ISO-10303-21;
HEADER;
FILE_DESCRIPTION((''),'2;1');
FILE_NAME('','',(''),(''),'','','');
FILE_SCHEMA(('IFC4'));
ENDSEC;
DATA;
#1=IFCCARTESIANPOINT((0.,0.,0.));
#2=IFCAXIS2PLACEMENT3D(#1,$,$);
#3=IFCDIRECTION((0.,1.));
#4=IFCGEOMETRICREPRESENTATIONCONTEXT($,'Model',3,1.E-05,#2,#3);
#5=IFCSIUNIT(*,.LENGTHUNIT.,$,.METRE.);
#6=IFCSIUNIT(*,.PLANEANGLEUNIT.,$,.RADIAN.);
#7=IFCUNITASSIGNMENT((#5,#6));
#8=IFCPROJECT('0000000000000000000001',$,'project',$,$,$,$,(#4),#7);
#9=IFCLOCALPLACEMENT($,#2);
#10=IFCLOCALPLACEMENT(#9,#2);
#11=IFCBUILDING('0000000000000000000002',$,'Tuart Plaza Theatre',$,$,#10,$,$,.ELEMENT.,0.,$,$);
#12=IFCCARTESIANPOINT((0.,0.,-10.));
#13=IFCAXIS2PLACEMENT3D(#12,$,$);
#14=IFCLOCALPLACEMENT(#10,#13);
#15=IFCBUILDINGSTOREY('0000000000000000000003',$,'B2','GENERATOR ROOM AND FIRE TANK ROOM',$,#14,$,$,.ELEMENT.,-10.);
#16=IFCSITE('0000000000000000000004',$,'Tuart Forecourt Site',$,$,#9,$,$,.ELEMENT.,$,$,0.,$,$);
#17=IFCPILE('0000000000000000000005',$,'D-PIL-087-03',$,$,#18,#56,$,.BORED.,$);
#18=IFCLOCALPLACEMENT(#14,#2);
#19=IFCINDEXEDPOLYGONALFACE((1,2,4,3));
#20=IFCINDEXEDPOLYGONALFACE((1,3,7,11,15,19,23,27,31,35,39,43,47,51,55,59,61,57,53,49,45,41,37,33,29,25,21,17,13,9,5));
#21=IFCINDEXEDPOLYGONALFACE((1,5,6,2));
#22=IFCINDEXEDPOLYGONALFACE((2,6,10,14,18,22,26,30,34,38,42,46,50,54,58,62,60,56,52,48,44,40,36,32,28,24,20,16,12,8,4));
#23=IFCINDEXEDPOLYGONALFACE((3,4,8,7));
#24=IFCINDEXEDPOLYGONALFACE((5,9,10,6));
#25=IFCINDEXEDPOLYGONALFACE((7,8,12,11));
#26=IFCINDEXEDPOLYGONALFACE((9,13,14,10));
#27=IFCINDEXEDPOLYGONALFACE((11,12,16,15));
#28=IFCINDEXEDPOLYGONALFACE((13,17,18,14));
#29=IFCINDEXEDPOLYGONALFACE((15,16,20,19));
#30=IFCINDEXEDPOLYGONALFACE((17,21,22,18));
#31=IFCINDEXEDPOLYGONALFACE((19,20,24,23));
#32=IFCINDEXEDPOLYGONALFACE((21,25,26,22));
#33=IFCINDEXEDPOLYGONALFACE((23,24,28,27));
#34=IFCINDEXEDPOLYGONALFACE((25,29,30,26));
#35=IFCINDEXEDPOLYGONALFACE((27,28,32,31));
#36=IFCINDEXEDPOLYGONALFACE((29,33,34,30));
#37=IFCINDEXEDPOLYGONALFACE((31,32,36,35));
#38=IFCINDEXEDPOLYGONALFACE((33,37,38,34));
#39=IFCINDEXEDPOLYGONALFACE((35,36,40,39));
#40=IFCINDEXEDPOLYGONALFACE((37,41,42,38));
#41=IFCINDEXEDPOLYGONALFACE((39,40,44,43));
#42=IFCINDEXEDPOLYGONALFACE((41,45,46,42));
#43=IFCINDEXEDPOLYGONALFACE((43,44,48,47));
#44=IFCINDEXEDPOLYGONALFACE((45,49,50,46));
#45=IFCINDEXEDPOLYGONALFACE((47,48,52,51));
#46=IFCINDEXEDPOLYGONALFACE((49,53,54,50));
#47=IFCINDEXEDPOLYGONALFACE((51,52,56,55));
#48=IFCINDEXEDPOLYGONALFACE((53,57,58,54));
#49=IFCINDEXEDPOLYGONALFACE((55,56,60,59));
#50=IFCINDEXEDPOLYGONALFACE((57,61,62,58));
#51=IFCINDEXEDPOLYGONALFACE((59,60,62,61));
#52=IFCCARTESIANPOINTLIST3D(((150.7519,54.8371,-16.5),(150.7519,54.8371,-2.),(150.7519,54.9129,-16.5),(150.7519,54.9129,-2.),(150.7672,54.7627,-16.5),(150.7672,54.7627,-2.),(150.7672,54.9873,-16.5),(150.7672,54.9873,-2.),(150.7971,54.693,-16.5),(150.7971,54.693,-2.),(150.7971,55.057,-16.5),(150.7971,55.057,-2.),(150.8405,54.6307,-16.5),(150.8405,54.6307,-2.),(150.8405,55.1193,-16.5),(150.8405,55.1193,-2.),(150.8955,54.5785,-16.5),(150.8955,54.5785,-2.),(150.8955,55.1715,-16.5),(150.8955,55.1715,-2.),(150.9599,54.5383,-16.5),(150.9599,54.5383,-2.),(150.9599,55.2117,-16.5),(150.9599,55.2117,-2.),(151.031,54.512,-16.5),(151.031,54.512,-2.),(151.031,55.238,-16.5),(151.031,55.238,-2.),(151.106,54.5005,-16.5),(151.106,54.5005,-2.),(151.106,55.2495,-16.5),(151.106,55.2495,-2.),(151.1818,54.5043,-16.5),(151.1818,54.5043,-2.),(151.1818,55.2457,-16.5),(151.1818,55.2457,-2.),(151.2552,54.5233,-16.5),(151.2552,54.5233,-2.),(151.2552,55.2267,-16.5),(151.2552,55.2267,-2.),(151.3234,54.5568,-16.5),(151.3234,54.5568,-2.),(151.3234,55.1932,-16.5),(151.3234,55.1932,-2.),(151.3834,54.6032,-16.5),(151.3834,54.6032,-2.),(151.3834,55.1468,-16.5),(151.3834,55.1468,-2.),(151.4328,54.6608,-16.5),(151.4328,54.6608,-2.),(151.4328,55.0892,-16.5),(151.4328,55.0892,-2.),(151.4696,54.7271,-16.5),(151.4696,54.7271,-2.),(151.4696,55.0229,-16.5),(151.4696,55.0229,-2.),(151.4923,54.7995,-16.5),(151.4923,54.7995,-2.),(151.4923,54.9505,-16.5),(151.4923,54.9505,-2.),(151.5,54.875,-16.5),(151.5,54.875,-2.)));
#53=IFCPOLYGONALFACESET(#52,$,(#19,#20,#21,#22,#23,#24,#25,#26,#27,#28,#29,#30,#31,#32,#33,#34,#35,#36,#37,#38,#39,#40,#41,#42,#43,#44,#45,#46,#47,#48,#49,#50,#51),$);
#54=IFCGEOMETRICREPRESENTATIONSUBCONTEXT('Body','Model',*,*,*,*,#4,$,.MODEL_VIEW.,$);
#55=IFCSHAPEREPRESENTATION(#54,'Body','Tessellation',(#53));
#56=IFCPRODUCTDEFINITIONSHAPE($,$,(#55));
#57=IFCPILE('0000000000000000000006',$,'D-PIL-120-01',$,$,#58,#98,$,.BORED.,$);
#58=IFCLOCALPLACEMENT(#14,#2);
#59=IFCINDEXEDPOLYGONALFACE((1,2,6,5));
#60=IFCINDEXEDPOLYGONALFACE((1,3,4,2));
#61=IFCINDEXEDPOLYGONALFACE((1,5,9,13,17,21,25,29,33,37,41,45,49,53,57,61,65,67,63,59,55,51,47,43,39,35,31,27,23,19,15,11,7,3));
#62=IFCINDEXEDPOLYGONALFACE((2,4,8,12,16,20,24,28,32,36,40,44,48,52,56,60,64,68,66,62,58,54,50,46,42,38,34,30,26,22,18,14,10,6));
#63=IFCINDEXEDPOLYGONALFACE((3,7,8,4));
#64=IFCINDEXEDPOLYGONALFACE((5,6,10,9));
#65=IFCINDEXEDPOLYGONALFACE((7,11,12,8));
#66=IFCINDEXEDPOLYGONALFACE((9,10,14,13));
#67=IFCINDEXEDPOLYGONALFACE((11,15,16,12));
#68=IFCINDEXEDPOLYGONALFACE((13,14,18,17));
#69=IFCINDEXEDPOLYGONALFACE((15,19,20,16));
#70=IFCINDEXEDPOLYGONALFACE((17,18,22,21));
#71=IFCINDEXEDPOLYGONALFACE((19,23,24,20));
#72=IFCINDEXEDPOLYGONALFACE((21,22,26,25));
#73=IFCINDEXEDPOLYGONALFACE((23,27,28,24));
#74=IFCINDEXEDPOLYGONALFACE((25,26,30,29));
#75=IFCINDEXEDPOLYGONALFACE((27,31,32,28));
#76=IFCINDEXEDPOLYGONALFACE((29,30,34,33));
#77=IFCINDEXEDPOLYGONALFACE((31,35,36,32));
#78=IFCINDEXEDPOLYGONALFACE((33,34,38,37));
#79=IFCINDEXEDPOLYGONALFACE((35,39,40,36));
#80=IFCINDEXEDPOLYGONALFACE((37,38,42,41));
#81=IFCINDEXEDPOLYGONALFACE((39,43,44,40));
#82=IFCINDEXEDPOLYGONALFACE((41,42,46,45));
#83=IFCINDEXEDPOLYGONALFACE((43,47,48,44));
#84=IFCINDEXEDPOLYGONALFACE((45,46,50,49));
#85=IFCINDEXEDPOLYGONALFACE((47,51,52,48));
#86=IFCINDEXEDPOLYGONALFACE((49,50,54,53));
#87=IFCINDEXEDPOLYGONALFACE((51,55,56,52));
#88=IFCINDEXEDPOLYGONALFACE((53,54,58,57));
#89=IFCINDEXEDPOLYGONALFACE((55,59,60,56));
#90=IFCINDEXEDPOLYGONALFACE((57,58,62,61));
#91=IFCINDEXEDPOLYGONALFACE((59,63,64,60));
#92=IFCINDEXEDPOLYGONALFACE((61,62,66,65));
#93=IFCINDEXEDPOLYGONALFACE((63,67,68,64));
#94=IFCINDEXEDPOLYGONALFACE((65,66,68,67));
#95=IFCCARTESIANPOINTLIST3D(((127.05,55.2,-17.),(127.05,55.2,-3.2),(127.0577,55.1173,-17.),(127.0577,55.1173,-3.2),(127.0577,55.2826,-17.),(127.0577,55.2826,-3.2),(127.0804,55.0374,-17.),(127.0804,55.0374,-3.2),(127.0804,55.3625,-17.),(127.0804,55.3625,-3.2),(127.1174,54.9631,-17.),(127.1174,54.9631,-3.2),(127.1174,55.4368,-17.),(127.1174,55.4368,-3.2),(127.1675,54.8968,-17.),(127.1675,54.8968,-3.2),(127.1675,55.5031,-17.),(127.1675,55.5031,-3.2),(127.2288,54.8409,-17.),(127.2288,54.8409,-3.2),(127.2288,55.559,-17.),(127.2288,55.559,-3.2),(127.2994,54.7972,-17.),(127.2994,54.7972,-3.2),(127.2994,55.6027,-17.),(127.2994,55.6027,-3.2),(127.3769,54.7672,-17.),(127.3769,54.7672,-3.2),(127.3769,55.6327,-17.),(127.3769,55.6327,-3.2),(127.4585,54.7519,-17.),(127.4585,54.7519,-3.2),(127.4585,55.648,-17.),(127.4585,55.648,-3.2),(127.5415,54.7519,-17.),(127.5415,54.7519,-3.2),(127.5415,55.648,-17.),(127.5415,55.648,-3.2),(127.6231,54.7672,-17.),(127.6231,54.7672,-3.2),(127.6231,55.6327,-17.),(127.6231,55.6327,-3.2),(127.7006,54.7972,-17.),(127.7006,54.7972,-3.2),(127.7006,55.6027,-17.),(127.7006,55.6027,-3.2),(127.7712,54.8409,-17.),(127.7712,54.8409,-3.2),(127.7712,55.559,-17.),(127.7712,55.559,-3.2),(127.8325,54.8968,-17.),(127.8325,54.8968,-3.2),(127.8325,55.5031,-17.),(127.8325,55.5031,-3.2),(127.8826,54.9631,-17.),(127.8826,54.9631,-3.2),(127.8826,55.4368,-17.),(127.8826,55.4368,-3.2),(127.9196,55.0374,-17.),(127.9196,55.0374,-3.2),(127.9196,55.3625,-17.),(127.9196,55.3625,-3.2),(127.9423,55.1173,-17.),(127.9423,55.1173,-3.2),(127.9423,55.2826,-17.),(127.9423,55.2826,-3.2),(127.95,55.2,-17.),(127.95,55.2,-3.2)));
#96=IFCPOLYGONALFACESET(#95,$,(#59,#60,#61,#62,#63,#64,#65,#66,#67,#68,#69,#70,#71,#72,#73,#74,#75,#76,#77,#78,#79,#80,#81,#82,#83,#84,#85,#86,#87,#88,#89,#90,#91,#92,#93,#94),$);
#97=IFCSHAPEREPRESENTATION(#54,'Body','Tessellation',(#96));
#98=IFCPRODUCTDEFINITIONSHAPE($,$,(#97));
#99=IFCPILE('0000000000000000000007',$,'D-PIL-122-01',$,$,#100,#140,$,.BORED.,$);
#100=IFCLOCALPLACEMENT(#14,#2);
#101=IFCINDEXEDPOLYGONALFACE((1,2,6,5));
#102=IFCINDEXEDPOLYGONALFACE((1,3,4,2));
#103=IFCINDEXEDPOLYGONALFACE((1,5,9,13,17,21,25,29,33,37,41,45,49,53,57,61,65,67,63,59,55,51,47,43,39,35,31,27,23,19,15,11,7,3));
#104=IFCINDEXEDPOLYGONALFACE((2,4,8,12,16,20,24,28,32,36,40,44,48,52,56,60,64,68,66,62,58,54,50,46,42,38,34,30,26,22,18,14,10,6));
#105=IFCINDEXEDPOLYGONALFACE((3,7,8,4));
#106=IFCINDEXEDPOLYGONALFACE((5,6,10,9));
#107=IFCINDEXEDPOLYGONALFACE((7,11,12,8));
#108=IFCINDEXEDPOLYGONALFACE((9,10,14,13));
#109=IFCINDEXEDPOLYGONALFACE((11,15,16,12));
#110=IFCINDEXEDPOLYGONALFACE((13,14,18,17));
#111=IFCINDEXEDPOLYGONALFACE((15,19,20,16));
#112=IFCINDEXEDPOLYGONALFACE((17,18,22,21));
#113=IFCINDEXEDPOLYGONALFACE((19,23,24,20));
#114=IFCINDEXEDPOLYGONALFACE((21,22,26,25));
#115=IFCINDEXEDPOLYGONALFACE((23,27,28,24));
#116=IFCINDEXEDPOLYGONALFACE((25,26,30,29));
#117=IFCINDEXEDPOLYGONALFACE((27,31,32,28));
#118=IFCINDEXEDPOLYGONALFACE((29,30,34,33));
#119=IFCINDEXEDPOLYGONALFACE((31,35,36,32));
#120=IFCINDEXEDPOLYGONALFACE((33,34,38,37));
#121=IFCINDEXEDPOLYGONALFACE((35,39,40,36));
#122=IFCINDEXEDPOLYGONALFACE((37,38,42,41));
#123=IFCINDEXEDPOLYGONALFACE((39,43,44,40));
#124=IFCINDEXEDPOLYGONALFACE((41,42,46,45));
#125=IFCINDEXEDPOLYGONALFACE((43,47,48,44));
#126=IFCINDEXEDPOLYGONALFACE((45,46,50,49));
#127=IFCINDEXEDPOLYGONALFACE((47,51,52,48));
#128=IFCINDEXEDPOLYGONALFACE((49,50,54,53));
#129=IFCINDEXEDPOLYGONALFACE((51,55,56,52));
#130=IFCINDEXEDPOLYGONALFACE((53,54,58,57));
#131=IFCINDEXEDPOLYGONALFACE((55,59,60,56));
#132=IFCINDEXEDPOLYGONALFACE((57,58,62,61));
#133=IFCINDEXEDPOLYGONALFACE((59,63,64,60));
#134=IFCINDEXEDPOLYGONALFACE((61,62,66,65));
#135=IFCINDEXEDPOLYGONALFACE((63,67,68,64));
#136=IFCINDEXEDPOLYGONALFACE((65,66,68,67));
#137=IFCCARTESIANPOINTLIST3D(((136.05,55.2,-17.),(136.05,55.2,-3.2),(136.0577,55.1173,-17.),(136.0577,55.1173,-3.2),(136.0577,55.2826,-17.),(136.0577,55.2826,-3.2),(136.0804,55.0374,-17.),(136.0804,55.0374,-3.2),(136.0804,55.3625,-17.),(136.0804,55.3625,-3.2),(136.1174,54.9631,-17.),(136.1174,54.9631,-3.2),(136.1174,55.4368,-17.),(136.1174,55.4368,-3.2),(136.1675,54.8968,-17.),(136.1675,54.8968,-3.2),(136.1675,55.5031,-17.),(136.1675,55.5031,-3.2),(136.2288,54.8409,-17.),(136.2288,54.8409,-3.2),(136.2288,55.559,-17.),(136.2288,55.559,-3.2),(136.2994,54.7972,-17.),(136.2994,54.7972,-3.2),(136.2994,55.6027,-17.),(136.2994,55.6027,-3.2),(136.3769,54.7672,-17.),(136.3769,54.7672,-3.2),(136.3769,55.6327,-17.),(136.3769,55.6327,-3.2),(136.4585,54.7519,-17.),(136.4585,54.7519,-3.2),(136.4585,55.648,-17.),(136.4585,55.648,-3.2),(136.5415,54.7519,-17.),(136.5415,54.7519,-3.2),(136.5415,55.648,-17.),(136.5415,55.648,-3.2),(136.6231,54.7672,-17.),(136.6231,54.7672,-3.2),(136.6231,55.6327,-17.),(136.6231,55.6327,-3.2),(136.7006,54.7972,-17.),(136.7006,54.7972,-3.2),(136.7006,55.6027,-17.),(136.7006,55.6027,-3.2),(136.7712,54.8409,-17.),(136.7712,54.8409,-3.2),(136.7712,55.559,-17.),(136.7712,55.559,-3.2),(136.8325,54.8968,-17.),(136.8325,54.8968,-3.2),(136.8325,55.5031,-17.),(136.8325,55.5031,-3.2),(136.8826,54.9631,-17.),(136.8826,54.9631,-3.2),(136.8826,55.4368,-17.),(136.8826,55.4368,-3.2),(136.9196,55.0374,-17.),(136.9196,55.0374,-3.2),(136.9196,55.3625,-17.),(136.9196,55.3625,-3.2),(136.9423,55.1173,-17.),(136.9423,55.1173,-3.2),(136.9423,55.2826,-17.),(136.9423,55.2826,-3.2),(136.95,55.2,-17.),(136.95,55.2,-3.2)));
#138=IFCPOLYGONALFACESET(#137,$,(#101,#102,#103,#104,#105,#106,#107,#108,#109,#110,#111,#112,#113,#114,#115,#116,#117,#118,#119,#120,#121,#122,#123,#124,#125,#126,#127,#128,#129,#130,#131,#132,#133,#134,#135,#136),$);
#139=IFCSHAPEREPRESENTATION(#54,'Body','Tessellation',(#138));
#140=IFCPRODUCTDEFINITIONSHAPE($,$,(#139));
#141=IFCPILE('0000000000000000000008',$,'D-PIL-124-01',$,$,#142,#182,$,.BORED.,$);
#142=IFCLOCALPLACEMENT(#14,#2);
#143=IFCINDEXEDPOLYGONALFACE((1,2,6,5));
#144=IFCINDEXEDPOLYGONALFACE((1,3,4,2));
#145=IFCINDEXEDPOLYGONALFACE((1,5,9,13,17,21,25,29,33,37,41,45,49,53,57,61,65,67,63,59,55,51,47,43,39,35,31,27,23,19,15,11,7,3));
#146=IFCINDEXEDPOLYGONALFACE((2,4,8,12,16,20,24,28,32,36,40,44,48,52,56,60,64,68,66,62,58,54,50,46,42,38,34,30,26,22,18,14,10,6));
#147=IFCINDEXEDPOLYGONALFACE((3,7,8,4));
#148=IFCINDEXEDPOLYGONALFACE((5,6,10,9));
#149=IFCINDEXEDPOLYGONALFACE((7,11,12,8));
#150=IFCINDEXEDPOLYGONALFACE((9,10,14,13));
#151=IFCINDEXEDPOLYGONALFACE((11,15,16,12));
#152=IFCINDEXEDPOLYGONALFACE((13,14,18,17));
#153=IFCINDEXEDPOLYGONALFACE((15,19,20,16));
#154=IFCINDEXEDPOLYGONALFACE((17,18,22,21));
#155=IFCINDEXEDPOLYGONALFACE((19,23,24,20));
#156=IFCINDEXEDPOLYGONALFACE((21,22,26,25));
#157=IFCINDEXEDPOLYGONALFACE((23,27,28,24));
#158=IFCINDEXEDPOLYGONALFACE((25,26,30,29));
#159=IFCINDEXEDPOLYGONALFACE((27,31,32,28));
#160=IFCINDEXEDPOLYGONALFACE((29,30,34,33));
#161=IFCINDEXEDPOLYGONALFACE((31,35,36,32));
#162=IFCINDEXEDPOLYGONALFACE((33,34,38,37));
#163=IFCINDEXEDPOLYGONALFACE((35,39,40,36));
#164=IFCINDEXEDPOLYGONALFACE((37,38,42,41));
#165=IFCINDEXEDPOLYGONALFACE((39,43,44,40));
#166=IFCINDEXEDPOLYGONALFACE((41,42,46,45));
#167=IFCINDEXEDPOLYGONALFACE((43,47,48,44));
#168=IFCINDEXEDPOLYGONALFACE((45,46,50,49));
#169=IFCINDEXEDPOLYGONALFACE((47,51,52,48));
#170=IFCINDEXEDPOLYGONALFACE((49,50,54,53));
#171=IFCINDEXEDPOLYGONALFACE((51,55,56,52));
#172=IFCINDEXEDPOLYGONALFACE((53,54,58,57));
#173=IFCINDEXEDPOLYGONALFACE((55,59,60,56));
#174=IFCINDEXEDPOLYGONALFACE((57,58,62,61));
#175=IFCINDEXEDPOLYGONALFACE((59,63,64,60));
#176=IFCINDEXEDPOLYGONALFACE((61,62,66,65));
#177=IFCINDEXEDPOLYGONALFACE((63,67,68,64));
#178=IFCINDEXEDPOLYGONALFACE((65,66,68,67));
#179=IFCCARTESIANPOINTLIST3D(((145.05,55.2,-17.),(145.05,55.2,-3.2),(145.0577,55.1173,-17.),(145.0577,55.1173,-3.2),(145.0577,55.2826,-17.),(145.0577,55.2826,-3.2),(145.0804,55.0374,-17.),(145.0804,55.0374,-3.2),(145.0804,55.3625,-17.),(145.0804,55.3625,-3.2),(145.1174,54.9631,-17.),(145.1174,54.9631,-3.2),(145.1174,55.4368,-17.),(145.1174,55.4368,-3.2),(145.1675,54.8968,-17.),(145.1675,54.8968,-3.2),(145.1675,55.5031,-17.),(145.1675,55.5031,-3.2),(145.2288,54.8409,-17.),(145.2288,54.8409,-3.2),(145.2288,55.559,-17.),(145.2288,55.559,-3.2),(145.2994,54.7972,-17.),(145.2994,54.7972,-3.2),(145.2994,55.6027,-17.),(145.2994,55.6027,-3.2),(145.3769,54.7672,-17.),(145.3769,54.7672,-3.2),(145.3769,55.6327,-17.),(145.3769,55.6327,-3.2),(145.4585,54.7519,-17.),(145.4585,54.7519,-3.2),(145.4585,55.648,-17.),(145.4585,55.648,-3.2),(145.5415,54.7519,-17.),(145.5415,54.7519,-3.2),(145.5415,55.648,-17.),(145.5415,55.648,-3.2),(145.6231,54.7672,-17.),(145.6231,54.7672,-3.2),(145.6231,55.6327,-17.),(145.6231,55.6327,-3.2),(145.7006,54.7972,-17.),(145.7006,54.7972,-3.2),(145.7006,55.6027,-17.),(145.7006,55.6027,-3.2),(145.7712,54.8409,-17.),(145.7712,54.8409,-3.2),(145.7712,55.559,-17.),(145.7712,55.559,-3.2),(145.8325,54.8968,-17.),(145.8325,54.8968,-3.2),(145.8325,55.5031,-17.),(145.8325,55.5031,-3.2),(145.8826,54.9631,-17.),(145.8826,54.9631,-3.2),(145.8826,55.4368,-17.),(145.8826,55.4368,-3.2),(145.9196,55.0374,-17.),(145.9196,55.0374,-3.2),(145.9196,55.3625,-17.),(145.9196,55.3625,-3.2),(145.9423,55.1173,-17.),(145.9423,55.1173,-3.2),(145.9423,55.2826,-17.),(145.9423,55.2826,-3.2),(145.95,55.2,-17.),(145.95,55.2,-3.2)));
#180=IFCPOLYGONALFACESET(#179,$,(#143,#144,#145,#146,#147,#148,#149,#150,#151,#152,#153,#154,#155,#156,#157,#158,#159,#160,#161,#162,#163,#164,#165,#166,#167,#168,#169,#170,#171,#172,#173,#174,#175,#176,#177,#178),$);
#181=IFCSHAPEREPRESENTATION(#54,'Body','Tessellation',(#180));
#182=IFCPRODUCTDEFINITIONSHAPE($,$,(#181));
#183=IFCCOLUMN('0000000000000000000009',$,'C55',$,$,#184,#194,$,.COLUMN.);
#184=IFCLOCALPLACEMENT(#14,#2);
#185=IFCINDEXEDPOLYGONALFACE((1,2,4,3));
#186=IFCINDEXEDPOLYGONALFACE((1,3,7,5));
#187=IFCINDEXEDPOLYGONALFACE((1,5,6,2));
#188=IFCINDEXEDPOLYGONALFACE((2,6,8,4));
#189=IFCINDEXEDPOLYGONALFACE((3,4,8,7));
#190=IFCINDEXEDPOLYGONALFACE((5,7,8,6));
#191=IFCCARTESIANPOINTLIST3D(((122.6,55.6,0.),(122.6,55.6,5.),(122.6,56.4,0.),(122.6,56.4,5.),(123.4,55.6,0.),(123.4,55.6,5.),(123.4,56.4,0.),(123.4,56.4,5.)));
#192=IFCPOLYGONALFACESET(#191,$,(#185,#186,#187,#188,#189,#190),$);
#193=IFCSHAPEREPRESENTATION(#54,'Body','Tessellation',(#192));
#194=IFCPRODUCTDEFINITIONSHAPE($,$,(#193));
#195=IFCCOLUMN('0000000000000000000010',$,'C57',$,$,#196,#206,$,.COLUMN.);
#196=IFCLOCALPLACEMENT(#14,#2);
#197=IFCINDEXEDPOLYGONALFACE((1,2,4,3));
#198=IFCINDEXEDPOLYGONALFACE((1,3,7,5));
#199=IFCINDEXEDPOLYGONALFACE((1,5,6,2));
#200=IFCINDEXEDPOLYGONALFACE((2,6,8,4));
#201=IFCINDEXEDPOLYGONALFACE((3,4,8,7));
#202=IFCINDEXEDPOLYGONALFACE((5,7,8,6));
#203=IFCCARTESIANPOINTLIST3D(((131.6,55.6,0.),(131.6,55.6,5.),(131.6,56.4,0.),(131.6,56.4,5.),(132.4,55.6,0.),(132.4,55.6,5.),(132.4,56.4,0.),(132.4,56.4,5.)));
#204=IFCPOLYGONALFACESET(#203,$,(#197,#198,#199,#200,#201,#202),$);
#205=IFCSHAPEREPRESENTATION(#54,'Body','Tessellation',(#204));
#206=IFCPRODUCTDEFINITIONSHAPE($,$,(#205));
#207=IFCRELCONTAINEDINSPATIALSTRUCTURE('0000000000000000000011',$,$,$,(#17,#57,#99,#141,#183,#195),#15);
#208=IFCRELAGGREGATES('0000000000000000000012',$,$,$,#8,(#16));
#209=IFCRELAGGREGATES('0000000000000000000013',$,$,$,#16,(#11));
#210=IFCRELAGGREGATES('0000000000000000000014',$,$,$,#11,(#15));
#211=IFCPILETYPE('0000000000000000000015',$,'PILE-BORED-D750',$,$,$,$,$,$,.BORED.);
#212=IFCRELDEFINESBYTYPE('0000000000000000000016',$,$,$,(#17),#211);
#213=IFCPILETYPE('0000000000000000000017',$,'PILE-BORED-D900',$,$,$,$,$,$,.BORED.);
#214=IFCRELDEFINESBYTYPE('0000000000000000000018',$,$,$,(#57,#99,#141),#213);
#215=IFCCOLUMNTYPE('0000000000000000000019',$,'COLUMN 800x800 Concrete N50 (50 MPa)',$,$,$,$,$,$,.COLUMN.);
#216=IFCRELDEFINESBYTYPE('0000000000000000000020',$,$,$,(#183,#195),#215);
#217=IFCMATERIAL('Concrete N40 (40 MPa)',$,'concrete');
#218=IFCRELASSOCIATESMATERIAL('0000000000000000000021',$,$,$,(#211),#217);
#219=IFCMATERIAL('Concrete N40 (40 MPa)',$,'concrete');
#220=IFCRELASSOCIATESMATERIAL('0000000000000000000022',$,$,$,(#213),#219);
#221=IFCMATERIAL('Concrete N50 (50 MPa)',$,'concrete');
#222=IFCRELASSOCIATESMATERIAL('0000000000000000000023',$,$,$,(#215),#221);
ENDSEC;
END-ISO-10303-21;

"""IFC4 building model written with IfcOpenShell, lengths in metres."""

from ifc_helpers import new_model, si_unit, direction, frame, origin, origin_2d, place, context, subcontext, project, spatial, rectangle, circle, extrude, material, material_profile, profile_set, type_object, element, save


model = new_model("IFC4")

# Units and contexts
model_context = context("Model", 3, precision=1e-05, world=origin(), true_north=direction((0.0, 1.0)))
body_context = subcontext(model_context, "Body", "Model", "MODEL_VIEW")
ifc_project = project(units=[si_unit("LENGTHUNIT", "METRE"), si_unit("PLANEANGLEUNIT", "RADIAN")], contexts=[model_context])

# Site, building, storey
site_placement = place(None, origin())
site = spatial("IfcSite", under=ifc_project, at=site_placement, Name="Tuart Forecourt Site", CompositionType="ELEMENT", RefElevation=0.0)
building_placement = place(site_placement, origin())
building = spatial("IfcBuilding", under=site, at=building_placement, Name="Tuart Plaza Theatre", CompositionType="ELEMENT", ElevationOfRefHeight=0.0)
storey_placement = place(building_placement, frame((0.0, 0.0, -10.0)))
storey = spatial("IfcBuildingStorey", under=building, at=storey_placement, Name="B2", Description="GENERATOR ROOM AND FIRE TANK ROOM", CompositionType="ELEMENT", Elevation=-10.0)

# Piles
ifc_material_1 = material(Name="Concrete N40 (40 MPa)", Category="concrete")
ifc_material_profile_1 = material_profile(ifc_material_1, circle(Radius=0.375, at=origin_2d()), Name="PILE-BORED-D750")
ifc_profile_set_1 = profile_set([ifc_material_profile_1], Name="Concrete N40 (40 MPa)")
pile_type_1 = type_object("IfcPileType", Name="PILE-BORED-D750", PredefinedType="BORED", material=ifc_profile_set_1)
for number, where, z_axis, x_axis, name in (
    (1, (151.125, 54.875, -2.0), (0.0, 0.0, -1.0), (1.0, 0.0, 0.0), "D-PIL-087-03"),
):
    element("IfcPile", number, at=place(storey_placement, frame(where, z_axis=z_axis, x_axis=x_axis)), inside=storey, type_object=pile_type_1, Name=name, PredefinedType="BORED", context=body_context, shape_type="SweptSolid", body=[
        extrude(circle(Radius=0.375, at=origin_2d()), origin(), (0.0, 0.0, 1.0), 14.5),
    ])
ifc_material_2 = material(Name="Concrete N40 (40 MPa)", Category="concrete")
ifc_material_profile_2 = material_profile(ifc_material_2, circle(Radius=0.45, at=origin_2d()), Name="PILE-BORED-D900")
ifc_profile_set_2 = profile_set([ifc_material_profile_2], Name="Concrete N40 (40 MPa)")
pile_type_2 = type_object("IfcPileType", Name="PILE-BORED-D900", PredefinedType="BORED", material=ifc_profile_set_2)
for number, where, z_axis, x_axis, name in (
    (2, (127.5, 55.2, -3.2), (0.0, 0.0, -1.0), (1.0, 0.0, 0.0), "D-PIL-120-01"),
    (3, (136.5, 55.2, -3.2), (0.0, 0.0, -1.0), (1.0, 0.0, 0.0), "D-PIL-122-01"),
    (4, (145.5, 55.2, -3.2), (0.0, 0.0, -1.0), (1.0, 0.0, 0.0), "D-PIL-124-01"),
):
    element("IfcPile", number, at=place(storey_placement, frame(where, z_axis=z_axis, x_axis=x_axis)), inside=storey, type_object=pile_type_2, Name=name, PredefinedType="BORED", context=body_context, shape_type="SweptSolid", body=[
        extrude(circle(Radius=0.45, at=origin_2d()), origin(), (0.0, 0.0, 1.0), 13.8),
    ])

# Columns
ifc_material_3 = material(Name="Concrete N50 (50 MPa)", Category="concrete")
ifc_material_profile_3 = material_profile(ifc_material_3, rectangle(XDim=0.8, YDim=0.8, at=origin_2d()), Name="COLUMN 800x800 Concrete N50 (50 MPa)")
ifc_profile_set_3 = profile_set([ifc_material_profile_3], Name="Concrete N50 (50 MPa)")
column_type = type_object("IfcColumnType", Name="COLUMN 800x800 Concrete N50 (50 MPa)", PredefinedType="COLUMN", material=ifc_profile_set_3)
for number, where, z_axis, x_axis, name in (
    (5, (123.0, 56.0, 0.0), (0.0, 0.0, 1.0), (1.0, 0.0, 0.0), "C55"),
    (6, (132.0, 56.0, 0.0), (0.0, 0.0, 1.0), (1.0, 0.0, 0.0), "C57"),
):
    element("IfcColumn", number, at=place(storey_placement, frame(where, z_axis=z_axis, x_axis=x_axis)), inside=storey, type_object=column_type, Name=name, PredefinedType="COLUMN", context=body_context, shape_type="SweptSolid", body=[
        extrude(rectangle(XDim=0.8, YDim=0.8, at=origin_2d()), origin(), (0.0, 0.0, 1.0), 5.0),
    ])

save(model, "model.ifc")
